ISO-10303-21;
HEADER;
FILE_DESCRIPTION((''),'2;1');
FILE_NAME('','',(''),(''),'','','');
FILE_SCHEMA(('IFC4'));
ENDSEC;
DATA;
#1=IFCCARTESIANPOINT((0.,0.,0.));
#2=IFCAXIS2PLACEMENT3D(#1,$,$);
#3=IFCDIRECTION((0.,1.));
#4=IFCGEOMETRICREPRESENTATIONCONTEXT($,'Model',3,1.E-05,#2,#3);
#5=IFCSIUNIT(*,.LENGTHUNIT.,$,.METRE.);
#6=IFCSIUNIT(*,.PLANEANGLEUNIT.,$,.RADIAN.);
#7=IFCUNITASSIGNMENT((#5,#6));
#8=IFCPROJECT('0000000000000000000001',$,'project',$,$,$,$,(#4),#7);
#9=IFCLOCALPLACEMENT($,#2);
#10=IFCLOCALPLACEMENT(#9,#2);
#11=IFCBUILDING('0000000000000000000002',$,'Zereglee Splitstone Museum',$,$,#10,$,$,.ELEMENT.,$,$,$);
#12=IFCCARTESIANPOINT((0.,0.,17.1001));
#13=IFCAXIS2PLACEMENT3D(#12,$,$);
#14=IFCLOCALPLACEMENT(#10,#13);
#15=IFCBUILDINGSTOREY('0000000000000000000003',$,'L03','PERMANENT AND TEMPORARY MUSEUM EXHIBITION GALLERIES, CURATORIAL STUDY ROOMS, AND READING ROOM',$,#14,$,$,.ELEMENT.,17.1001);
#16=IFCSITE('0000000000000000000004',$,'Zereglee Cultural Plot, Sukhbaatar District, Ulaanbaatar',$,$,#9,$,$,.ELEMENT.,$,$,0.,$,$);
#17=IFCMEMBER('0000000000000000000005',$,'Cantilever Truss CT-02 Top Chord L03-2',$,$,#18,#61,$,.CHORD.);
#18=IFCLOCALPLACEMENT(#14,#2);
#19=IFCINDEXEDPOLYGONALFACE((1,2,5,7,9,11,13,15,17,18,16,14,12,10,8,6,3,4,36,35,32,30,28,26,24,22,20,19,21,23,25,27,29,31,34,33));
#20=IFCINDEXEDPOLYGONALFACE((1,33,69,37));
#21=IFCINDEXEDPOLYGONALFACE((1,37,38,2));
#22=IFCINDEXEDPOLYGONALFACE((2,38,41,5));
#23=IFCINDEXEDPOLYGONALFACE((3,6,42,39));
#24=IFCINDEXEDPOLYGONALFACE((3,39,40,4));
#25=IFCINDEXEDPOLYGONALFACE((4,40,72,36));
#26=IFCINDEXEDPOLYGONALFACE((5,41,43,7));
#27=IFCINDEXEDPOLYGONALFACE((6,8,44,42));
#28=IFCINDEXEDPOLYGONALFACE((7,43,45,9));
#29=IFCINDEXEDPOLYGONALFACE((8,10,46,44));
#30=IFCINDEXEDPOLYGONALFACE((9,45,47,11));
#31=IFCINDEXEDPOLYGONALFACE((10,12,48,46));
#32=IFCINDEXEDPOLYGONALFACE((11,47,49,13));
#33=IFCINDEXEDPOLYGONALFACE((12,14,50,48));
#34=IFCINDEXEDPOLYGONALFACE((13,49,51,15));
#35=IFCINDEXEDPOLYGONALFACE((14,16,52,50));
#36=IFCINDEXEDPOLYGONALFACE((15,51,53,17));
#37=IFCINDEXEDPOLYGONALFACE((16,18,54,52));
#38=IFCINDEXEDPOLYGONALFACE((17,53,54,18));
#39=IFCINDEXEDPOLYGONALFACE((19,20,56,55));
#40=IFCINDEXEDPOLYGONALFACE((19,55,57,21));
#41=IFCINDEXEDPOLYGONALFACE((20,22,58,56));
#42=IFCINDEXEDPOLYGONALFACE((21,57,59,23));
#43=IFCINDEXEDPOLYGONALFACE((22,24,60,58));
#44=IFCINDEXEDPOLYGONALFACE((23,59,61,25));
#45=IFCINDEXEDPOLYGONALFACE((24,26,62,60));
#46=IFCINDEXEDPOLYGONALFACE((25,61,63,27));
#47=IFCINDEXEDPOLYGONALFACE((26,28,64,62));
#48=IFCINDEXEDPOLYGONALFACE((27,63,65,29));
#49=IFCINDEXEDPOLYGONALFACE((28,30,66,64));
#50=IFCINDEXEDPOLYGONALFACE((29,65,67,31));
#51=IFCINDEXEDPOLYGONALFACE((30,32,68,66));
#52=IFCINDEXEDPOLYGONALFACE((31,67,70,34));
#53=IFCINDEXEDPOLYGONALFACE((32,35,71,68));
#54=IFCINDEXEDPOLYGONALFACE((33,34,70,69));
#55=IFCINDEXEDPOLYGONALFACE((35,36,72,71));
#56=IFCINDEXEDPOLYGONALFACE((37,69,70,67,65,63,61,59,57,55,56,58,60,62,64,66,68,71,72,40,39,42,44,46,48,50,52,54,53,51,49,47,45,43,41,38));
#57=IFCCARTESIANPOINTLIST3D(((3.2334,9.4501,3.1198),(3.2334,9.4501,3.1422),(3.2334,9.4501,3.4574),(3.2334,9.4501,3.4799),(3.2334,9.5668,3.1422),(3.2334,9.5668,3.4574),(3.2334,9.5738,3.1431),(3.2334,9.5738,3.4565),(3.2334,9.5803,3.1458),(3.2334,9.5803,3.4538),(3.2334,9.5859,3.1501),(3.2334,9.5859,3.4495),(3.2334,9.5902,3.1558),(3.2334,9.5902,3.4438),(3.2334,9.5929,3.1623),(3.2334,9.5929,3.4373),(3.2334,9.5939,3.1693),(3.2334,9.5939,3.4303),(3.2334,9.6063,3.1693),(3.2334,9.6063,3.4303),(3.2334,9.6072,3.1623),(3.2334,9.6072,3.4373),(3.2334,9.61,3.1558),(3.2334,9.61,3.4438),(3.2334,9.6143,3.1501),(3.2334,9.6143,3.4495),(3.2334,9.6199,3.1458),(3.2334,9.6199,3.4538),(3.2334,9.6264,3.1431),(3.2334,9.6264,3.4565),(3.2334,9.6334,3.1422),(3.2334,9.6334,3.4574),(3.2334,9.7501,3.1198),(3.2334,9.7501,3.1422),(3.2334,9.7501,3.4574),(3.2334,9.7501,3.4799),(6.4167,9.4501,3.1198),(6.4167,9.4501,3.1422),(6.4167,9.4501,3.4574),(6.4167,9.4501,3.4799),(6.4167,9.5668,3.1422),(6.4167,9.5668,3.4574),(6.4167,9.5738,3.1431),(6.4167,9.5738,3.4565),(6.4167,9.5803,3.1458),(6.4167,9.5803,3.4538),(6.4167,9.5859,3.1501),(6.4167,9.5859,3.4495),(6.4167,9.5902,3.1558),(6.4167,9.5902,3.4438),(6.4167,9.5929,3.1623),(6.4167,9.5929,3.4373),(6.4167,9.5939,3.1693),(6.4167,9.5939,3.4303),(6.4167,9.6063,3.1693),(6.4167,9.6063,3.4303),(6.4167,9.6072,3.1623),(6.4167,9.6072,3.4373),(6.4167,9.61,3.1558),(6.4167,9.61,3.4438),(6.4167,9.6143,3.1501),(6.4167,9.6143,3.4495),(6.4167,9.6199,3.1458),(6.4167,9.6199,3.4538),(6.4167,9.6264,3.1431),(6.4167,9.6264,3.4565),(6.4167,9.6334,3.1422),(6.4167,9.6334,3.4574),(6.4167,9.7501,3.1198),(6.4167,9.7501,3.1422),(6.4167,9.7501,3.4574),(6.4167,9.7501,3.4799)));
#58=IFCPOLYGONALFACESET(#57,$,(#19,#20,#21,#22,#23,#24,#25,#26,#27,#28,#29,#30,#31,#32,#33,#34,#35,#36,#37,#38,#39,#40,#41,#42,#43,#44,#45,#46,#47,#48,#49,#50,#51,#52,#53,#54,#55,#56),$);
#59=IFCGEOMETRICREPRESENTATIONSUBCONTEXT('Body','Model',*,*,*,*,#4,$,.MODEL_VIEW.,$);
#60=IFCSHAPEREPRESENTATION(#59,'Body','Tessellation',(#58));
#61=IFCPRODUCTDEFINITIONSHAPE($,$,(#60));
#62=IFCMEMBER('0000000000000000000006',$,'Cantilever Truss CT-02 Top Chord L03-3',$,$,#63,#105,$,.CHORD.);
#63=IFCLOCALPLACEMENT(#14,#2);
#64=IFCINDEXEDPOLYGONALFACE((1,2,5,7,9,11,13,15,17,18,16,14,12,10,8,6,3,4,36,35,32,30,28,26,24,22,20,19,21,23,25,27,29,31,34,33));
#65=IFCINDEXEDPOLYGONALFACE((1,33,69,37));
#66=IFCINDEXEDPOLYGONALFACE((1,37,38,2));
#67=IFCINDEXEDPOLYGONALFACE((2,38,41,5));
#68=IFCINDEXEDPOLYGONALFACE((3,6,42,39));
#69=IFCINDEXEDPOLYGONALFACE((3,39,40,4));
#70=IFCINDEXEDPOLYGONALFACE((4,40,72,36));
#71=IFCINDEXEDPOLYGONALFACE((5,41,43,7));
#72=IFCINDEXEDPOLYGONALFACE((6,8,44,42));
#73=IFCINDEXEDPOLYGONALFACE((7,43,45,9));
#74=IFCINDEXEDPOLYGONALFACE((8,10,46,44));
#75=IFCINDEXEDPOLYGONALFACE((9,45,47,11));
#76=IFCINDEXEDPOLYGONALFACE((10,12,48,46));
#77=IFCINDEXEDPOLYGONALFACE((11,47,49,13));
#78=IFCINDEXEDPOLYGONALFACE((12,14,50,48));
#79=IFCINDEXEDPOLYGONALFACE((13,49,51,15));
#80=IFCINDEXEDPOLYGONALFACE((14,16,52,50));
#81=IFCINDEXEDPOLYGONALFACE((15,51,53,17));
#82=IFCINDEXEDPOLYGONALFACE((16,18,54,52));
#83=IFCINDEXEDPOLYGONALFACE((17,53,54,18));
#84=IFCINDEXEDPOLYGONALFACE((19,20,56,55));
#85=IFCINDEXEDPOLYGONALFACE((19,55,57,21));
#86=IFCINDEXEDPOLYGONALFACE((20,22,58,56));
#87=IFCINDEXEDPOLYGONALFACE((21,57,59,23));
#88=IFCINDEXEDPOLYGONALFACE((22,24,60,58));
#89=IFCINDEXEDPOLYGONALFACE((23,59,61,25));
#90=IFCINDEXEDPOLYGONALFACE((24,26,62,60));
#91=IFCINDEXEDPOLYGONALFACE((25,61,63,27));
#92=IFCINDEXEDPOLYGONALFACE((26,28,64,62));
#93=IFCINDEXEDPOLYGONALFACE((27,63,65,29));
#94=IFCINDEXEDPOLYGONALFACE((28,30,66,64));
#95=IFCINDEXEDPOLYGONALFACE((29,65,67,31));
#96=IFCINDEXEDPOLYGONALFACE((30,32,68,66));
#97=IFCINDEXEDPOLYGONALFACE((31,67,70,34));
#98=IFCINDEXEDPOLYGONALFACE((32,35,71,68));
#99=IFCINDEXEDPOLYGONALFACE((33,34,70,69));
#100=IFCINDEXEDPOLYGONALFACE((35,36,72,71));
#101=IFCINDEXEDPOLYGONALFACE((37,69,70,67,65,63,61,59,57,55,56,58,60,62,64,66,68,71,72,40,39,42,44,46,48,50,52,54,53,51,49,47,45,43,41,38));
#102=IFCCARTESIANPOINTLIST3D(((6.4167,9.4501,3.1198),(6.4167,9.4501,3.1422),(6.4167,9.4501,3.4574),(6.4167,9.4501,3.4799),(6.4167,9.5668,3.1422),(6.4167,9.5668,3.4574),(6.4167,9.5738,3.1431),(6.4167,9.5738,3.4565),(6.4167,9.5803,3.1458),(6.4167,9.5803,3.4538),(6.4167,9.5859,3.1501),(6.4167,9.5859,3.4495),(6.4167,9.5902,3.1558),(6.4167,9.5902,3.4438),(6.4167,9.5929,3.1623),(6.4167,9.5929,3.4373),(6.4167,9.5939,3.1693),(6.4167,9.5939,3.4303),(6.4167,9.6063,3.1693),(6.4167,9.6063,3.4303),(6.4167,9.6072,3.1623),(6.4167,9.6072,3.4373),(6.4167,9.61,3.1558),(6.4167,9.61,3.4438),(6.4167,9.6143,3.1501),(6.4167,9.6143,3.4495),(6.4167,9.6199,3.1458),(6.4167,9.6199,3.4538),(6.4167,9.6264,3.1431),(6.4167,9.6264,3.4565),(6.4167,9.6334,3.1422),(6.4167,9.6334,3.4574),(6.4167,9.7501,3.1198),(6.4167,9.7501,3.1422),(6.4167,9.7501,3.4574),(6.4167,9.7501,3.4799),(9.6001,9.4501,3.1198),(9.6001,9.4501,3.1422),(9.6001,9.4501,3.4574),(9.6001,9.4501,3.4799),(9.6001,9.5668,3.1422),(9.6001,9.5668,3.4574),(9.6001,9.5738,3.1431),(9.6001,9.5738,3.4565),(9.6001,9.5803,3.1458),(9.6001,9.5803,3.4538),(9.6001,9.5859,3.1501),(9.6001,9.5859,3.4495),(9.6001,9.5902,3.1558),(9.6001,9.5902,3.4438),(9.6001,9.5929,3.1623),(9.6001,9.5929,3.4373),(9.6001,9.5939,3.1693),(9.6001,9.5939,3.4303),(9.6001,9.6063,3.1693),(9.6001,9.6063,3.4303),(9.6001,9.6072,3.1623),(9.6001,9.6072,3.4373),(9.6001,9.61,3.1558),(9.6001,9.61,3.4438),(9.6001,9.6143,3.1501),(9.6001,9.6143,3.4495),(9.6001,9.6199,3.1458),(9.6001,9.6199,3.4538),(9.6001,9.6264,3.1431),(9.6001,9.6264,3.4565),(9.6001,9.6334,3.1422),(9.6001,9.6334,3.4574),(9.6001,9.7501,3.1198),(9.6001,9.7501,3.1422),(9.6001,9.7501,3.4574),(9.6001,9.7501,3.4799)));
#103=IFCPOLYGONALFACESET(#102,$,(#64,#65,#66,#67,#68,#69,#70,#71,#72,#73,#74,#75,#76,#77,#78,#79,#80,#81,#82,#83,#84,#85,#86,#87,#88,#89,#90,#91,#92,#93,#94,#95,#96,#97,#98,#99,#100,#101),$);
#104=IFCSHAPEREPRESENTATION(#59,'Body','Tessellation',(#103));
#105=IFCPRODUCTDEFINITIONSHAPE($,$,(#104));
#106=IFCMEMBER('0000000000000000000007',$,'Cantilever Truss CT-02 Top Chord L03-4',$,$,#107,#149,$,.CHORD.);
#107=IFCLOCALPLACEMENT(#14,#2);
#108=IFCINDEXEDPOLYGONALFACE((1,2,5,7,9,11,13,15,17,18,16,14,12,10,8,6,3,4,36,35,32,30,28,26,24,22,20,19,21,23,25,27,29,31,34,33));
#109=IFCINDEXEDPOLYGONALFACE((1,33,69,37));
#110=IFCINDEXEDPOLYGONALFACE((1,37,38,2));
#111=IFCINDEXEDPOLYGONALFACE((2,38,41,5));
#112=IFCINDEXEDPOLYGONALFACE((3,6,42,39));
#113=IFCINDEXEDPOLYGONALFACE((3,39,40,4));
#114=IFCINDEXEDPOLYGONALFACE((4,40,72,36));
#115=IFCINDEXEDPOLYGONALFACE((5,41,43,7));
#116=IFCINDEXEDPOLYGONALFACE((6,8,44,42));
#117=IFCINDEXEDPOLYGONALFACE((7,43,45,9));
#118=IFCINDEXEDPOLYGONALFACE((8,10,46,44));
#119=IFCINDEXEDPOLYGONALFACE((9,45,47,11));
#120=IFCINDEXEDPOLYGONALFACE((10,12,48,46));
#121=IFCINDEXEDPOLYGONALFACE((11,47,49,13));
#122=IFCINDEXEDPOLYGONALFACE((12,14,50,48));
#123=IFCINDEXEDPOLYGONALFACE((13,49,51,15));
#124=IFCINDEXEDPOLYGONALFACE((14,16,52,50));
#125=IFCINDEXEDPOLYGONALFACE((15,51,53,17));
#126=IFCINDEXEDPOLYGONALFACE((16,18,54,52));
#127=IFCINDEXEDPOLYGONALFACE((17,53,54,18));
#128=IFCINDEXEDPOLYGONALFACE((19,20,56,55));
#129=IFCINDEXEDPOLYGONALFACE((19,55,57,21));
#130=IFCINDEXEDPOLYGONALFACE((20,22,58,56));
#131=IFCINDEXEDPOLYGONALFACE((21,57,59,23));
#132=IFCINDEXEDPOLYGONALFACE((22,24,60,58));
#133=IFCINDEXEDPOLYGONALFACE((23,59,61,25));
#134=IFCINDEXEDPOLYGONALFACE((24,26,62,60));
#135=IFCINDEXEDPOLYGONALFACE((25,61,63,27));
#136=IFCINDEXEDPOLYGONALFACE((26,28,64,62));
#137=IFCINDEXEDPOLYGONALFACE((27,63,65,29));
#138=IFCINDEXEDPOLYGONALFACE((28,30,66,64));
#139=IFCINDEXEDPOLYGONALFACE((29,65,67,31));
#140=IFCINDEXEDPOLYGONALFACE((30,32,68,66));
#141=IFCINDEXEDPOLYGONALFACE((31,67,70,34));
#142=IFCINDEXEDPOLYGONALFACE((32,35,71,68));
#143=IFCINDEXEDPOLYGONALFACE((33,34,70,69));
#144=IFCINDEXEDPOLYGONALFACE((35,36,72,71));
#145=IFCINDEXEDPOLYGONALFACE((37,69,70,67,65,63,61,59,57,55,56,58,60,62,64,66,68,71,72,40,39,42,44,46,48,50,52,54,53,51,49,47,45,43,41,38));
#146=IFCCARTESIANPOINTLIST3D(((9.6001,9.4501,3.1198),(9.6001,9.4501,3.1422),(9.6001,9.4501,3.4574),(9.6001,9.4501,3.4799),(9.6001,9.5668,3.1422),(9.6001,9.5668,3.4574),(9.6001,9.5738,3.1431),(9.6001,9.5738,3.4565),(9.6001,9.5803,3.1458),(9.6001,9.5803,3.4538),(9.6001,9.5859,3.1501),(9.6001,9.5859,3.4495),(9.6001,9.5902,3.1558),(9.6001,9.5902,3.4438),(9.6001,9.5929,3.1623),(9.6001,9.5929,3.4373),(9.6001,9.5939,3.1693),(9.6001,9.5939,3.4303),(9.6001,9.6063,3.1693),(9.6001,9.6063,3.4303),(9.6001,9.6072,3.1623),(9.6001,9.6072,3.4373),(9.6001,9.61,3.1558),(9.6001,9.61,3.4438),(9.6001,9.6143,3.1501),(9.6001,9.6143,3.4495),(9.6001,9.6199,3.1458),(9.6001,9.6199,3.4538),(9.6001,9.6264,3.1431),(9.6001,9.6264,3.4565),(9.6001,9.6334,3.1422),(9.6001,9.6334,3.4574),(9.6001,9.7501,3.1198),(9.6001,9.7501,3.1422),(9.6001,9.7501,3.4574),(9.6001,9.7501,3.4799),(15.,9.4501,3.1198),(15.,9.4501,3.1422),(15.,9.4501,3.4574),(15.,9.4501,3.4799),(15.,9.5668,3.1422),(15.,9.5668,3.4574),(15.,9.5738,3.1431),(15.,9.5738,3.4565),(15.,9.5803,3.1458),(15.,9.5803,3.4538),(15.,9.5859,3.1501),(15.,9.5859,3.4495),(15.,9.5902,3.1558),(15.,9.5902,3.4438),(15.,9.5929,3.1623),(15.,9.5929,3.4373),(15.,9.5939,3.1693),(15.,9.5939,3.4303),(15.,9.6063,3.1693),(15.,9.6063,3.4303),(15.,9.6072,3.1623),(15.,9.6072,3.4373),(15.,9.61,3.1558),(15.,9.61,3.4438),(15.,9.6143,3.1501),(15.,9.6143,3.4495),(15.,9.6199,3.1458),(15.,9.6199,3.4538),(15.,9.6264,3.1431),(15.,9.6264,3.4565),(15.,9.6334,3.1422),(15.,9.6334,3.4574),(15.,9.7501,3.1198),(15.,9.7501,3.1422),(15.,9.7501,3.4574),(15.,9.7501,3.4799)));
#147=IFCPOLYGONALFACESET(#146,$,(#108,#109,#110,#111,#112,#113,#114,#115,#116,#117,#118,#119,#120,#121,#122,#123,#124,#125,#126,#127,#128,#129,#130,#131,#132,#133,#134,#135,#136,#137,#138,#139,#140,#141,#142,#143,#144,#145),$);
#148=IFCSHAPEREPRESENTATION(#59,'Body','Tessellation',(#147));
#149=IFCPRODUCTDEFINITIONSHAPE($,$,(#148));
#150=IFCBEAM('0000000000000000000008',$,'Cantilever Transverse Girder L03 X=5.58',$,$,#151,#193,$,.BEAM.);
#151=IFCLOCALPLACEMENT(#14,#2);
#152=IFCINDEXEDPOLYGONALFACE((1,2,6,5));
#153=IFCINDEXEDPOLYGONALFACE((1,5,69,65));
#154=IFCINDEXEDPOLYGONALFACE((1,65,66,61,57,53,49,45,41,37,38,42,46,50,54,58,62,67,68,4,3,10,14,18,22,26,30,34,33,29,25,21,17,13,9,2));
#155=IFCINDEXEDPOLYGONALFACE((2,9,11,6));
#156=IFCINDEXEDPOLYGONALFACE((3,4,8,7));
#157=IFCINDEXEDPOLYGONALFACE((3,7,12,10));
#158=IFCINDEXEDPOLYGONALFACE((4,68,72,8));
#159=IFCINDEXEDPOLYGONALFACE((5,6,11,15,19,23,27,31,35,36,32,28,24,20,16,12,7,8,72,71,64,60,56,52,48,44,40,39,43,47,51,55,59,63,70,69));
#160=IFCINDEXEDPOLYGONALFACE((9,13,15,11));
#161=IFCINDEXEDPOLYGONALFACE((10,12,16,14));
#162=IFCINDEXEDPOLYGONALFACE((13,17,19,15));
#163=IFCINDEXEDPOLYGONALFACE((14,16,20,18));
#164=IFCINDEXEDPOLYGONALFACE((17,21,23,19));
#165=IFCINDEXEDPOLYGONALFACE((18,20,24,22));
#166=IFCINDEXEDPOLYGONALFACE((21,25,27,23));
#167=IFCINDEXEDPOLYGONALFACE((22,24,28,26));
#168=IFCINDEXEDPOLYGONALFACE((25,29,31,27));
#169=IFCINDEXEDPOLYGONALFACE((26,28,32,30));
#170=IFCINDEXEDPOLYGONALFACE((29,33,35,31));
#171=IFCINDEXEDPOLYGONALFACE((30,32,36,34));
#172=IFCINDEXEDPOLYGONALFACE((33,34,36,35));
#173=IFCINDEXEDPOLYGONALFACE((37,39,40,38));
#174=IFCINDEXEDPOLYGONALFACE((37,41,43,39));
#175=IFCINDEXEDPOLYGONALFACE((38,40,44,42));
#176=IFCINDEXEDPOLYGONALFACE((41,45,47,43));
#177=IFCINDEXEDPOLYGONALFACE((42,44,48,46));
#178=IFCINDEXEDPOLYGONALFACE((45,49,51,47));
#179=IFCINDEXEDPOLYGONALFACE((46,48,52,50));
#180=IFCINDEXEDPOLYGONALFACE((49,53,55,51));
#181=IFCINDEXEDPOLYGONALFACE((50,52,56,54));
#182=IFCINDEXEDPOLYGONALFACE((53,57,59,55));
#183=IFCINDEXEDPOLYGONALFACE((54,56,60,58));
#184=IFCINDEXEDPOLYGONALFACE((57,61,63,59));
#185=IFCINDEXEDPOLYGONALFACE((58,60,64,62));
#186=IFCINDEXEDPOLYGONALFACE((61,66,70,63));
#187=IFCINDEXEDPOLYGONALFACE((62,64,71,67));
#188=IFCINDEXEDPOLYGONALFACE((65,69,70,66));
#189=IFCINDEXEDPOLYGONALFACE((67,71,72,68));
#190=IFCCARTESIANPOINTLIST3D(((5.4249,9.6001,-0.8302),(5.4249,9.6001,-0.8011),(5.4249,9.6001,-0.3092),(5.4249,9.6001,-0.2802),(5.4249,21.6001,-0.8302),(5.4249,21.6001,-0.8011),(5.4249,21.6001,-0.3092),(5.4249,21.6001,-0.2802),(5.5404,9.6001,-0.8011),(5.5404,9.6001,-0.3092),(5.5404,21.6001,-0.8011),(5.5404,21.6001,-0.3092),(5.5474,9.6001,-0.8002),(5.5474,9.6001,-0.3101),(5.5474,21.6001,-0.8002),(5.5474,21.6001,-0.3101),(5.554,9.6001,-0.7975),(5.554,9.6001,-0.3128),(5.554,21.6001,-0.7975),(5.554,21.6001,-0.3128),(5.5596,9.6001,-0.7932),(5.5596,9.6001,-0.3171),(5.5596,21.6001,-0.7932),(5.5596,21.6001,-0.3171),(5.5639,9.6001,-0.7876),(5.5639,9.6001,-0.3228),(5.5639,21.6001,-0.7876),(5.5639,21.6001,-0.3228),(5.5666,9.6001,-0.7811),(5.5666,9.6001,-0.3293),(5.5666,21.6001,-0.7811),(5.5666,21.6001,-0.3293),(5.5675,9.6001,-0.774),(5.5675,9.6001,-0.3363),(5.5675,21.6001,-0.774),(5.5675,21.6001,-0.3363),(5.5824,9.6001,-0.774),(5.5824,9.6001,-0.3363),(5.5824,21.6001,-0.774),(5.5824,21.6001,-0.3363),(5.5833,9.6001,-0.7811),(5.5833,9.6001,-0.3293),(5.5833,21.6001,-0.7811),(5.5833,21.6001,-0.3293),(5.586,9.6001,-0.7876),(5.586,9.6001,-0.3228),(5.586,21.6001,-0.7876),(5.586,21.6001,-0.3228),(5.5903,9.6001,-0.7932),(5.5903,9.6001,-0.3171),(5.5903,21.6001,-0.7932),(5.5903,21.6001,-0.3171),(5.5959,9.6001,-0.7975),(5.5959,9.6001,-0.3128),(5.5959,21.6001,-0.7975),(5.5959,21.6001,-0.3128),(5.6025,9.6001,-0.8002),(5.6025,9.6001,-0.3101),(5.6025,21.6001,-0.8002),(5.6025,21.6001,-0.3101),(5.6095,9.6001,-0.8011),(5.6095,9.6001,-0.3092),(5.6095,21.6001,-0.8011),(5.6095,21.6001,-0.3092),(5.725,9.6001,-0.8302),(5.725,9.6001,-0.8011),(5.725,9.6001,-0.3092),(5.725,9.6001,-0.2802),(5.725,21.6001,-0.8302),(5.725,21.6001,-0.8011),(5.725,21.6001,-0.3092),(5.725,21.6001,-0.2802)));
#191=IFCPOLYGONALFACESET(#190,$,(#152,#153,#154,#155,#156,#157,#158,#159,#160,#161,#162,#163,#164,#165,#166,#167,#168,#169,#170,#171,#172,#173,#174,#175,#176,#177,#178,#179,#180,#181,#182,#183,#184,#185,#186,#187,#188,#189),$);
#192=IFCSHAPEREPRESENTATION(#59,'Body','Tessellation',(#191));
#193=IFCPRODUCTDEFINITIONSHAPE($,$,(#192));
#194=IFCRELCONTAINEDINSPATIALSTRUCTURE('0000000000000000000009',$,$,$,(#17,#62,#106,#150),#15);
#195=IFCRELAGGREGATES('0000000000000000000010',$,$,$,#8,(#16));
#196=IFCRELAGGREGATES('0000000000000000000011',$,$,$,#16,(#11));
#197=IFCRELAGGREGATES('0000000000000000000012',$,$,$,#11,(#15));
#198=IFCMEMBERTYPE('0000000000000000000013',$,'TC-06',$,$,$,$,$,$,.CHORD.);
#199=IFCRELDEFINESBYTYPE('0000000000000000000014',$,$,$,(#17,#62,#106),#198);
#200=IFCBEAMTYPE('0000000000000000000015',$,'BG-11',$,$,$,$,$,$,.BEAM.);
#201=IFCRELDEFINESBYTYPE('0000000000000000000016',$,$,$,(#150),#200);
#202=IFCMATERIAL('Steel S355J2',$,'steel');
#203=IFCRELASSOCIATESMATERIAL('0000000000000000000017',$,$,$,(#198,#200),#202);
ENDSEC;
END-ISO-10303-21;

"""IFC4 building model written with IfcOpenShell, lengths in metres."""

from ifc_helpers import new_model, si_unit, direction, frame, origin, origin_2d, place, context, subcontext, project, spatial, i_section, extrude, material, material_profile, profile_set, type_object, element, save


model = new_model("IFC4")

# Units and contexts
model_context = context("Model", 3, precision=1e-05, world=origin(), true_north=direction((0.0, 1.0)))
body_context = subcontext(model_context, "Body", "Model", "MODEL_VIEW")
ifc_project = project(units=[si_unit("LENGTHUNIT", "METRE"), si_unit("PLANEANGLEUNIT", "RADIAN")], contexts=[model_context])

# Site, building, storey
site_placement = place(None, origin())
site = spatial("IfcSite", under=ifc_project, at=site_placement, Name="Zereglee Cultural Plot, Sukhbaatar District, Ulaanbaatar", CompositionType="ELEMENT", RefElevation=0.0)
building_placement = place(site_placement, origin())
building = spatial("IfcBuilding", under=site, at=building_placement, Name="Zereglee Splitstone Museum", CompositionType="ELEMENT")
storey_placement = place(building_placement, frame((0.0, 0.0, 17.1001)))
storey = spatial("IfcBuildingStorey", under=building, at=storey_placement, Name="L03", Description="PERMANENT AND TEMPORARY MUSEUM EXHIBITION GALLERIES, CURATORIAL STUDY ROOMS, AND READING ROOM", CompositionType="ELEMENT", Elevation=17.1001)

# Members
ifc_material_1 = material(Name="Steel S355J2", Category="steel")
ifc_material_profile_1 = material_profile(ifc_material_1, i_section(OverallWidth=0.3, OverallDepth=0.3601, WebThickness=0.0125, FlangeThickness=0.0225, FilletRadius=0.0271, at=origin_2d()), Name="HE 360 B")
ifc_profile_set_1 = profile_set([ifc_material_profile_1], Name="Steel S355J2")
member_type_1 = type_object("IfcMemberType", Name="TC-06", PredefinedType="CHORD", material=ifc_profile_set_1)
for number, where, z_axis, x_axis, name in (
    (1, (3.2334, 9.6001, 3.2998), (1.0, 0.0, 0.0), (0.0, 1.0, 0.0), "Cantilever Truss CT-02 Top Chord L03-2"),
    (2, (6.4167, 9.6001, 3.2998), (1.0, 0.0, 0.0), (0.0, 1.0, 0.0), "Cantilever Truss CT-02 Top Chord L03-3"),
):
    element("IfcMember", number, at=place(storey_placement, frame(where, z_axis=z_axis, x_axis=x_axis)), inside=storey, type_object=member_type_1, Name=name, PredefinedType="CHORD", context=body_context, shape_type="SweptSolid", body=[
        extrude(i_section(OverallWidth=0.3, OverallDepth=0.3601, WebThickness=0.0125, FlangeThickness=0.0225, FilletRadius=0.0271, at=origin_2d()), origin(), (0.0, 0.0, 1.0), 3.1833),
    ])
member_1_placement = place(storey_placement, frame((9.6001, 9.6001, 3.2998), z_axis=(1.0, 0.0, 0.0), x_axis=(0.0, 1.0, 0.0)))
element("IfcMember", 3, at=member_1_placement, inside=storey, type_object=member_type_1, Name="Cantilever Truss CT-02 Top Chord L03-4", PredefinedType="CHORD", context=body_context, shape_type="SweptSolid", body=[
    extrude(i_section(OverallWidth=0.3, OverallDepth=0.3601, WebThickness=0.0125, FlangeThickness=0.0225, FilletRadius=0.0271, at=origin_2d()), origin(), (0.0, 0.0, 1.0), 5.3999),
])

# Beam
ifc_material_profile_2 = material_profile(ifc_material_1, i_section(OverallWidth=0.3, OverallDepth=0.55, WebThickness=0.0149, FlangeThickness=0.0291, FilletRadius=0.0271, at=origin_2d()), Name="HE 550 B")
ifc_profile_set_2 = profile_set([ifc_material_profile_2], Name="Steel S355J2")
beam_type_1 = type_object("IfcBeamType", Name="BG-11", PredefinedType="BEAM", material=ifc_profile_set_2)
beam_1_placement = place(storey_placement, frame((5.575, 9.6001, -0.5552), z_axis=(0.0, 1.0, 0.0), x_axis=(-1.0, 0.0, 0.0)))
element("IfcBeam", 4, at=beam_1_placement, inside=storey, type_object=beam_type_1, Name="Cantilever Transverse Girder L03 X=5.58", PredefinedType="BEAM", context=body_context, shape_type="SweptSolid", body=[
    extrude(i_section(OverallWidth=0.3, OverallDepth=0.55, WebThickness=0.0149, FlangeThickness=0.0291, FilletRadius=0.0271, at=origin_2d()), origin(), (0.0, 0.0, 1.0), 12.0),
])

save(model, "model.ifc")
